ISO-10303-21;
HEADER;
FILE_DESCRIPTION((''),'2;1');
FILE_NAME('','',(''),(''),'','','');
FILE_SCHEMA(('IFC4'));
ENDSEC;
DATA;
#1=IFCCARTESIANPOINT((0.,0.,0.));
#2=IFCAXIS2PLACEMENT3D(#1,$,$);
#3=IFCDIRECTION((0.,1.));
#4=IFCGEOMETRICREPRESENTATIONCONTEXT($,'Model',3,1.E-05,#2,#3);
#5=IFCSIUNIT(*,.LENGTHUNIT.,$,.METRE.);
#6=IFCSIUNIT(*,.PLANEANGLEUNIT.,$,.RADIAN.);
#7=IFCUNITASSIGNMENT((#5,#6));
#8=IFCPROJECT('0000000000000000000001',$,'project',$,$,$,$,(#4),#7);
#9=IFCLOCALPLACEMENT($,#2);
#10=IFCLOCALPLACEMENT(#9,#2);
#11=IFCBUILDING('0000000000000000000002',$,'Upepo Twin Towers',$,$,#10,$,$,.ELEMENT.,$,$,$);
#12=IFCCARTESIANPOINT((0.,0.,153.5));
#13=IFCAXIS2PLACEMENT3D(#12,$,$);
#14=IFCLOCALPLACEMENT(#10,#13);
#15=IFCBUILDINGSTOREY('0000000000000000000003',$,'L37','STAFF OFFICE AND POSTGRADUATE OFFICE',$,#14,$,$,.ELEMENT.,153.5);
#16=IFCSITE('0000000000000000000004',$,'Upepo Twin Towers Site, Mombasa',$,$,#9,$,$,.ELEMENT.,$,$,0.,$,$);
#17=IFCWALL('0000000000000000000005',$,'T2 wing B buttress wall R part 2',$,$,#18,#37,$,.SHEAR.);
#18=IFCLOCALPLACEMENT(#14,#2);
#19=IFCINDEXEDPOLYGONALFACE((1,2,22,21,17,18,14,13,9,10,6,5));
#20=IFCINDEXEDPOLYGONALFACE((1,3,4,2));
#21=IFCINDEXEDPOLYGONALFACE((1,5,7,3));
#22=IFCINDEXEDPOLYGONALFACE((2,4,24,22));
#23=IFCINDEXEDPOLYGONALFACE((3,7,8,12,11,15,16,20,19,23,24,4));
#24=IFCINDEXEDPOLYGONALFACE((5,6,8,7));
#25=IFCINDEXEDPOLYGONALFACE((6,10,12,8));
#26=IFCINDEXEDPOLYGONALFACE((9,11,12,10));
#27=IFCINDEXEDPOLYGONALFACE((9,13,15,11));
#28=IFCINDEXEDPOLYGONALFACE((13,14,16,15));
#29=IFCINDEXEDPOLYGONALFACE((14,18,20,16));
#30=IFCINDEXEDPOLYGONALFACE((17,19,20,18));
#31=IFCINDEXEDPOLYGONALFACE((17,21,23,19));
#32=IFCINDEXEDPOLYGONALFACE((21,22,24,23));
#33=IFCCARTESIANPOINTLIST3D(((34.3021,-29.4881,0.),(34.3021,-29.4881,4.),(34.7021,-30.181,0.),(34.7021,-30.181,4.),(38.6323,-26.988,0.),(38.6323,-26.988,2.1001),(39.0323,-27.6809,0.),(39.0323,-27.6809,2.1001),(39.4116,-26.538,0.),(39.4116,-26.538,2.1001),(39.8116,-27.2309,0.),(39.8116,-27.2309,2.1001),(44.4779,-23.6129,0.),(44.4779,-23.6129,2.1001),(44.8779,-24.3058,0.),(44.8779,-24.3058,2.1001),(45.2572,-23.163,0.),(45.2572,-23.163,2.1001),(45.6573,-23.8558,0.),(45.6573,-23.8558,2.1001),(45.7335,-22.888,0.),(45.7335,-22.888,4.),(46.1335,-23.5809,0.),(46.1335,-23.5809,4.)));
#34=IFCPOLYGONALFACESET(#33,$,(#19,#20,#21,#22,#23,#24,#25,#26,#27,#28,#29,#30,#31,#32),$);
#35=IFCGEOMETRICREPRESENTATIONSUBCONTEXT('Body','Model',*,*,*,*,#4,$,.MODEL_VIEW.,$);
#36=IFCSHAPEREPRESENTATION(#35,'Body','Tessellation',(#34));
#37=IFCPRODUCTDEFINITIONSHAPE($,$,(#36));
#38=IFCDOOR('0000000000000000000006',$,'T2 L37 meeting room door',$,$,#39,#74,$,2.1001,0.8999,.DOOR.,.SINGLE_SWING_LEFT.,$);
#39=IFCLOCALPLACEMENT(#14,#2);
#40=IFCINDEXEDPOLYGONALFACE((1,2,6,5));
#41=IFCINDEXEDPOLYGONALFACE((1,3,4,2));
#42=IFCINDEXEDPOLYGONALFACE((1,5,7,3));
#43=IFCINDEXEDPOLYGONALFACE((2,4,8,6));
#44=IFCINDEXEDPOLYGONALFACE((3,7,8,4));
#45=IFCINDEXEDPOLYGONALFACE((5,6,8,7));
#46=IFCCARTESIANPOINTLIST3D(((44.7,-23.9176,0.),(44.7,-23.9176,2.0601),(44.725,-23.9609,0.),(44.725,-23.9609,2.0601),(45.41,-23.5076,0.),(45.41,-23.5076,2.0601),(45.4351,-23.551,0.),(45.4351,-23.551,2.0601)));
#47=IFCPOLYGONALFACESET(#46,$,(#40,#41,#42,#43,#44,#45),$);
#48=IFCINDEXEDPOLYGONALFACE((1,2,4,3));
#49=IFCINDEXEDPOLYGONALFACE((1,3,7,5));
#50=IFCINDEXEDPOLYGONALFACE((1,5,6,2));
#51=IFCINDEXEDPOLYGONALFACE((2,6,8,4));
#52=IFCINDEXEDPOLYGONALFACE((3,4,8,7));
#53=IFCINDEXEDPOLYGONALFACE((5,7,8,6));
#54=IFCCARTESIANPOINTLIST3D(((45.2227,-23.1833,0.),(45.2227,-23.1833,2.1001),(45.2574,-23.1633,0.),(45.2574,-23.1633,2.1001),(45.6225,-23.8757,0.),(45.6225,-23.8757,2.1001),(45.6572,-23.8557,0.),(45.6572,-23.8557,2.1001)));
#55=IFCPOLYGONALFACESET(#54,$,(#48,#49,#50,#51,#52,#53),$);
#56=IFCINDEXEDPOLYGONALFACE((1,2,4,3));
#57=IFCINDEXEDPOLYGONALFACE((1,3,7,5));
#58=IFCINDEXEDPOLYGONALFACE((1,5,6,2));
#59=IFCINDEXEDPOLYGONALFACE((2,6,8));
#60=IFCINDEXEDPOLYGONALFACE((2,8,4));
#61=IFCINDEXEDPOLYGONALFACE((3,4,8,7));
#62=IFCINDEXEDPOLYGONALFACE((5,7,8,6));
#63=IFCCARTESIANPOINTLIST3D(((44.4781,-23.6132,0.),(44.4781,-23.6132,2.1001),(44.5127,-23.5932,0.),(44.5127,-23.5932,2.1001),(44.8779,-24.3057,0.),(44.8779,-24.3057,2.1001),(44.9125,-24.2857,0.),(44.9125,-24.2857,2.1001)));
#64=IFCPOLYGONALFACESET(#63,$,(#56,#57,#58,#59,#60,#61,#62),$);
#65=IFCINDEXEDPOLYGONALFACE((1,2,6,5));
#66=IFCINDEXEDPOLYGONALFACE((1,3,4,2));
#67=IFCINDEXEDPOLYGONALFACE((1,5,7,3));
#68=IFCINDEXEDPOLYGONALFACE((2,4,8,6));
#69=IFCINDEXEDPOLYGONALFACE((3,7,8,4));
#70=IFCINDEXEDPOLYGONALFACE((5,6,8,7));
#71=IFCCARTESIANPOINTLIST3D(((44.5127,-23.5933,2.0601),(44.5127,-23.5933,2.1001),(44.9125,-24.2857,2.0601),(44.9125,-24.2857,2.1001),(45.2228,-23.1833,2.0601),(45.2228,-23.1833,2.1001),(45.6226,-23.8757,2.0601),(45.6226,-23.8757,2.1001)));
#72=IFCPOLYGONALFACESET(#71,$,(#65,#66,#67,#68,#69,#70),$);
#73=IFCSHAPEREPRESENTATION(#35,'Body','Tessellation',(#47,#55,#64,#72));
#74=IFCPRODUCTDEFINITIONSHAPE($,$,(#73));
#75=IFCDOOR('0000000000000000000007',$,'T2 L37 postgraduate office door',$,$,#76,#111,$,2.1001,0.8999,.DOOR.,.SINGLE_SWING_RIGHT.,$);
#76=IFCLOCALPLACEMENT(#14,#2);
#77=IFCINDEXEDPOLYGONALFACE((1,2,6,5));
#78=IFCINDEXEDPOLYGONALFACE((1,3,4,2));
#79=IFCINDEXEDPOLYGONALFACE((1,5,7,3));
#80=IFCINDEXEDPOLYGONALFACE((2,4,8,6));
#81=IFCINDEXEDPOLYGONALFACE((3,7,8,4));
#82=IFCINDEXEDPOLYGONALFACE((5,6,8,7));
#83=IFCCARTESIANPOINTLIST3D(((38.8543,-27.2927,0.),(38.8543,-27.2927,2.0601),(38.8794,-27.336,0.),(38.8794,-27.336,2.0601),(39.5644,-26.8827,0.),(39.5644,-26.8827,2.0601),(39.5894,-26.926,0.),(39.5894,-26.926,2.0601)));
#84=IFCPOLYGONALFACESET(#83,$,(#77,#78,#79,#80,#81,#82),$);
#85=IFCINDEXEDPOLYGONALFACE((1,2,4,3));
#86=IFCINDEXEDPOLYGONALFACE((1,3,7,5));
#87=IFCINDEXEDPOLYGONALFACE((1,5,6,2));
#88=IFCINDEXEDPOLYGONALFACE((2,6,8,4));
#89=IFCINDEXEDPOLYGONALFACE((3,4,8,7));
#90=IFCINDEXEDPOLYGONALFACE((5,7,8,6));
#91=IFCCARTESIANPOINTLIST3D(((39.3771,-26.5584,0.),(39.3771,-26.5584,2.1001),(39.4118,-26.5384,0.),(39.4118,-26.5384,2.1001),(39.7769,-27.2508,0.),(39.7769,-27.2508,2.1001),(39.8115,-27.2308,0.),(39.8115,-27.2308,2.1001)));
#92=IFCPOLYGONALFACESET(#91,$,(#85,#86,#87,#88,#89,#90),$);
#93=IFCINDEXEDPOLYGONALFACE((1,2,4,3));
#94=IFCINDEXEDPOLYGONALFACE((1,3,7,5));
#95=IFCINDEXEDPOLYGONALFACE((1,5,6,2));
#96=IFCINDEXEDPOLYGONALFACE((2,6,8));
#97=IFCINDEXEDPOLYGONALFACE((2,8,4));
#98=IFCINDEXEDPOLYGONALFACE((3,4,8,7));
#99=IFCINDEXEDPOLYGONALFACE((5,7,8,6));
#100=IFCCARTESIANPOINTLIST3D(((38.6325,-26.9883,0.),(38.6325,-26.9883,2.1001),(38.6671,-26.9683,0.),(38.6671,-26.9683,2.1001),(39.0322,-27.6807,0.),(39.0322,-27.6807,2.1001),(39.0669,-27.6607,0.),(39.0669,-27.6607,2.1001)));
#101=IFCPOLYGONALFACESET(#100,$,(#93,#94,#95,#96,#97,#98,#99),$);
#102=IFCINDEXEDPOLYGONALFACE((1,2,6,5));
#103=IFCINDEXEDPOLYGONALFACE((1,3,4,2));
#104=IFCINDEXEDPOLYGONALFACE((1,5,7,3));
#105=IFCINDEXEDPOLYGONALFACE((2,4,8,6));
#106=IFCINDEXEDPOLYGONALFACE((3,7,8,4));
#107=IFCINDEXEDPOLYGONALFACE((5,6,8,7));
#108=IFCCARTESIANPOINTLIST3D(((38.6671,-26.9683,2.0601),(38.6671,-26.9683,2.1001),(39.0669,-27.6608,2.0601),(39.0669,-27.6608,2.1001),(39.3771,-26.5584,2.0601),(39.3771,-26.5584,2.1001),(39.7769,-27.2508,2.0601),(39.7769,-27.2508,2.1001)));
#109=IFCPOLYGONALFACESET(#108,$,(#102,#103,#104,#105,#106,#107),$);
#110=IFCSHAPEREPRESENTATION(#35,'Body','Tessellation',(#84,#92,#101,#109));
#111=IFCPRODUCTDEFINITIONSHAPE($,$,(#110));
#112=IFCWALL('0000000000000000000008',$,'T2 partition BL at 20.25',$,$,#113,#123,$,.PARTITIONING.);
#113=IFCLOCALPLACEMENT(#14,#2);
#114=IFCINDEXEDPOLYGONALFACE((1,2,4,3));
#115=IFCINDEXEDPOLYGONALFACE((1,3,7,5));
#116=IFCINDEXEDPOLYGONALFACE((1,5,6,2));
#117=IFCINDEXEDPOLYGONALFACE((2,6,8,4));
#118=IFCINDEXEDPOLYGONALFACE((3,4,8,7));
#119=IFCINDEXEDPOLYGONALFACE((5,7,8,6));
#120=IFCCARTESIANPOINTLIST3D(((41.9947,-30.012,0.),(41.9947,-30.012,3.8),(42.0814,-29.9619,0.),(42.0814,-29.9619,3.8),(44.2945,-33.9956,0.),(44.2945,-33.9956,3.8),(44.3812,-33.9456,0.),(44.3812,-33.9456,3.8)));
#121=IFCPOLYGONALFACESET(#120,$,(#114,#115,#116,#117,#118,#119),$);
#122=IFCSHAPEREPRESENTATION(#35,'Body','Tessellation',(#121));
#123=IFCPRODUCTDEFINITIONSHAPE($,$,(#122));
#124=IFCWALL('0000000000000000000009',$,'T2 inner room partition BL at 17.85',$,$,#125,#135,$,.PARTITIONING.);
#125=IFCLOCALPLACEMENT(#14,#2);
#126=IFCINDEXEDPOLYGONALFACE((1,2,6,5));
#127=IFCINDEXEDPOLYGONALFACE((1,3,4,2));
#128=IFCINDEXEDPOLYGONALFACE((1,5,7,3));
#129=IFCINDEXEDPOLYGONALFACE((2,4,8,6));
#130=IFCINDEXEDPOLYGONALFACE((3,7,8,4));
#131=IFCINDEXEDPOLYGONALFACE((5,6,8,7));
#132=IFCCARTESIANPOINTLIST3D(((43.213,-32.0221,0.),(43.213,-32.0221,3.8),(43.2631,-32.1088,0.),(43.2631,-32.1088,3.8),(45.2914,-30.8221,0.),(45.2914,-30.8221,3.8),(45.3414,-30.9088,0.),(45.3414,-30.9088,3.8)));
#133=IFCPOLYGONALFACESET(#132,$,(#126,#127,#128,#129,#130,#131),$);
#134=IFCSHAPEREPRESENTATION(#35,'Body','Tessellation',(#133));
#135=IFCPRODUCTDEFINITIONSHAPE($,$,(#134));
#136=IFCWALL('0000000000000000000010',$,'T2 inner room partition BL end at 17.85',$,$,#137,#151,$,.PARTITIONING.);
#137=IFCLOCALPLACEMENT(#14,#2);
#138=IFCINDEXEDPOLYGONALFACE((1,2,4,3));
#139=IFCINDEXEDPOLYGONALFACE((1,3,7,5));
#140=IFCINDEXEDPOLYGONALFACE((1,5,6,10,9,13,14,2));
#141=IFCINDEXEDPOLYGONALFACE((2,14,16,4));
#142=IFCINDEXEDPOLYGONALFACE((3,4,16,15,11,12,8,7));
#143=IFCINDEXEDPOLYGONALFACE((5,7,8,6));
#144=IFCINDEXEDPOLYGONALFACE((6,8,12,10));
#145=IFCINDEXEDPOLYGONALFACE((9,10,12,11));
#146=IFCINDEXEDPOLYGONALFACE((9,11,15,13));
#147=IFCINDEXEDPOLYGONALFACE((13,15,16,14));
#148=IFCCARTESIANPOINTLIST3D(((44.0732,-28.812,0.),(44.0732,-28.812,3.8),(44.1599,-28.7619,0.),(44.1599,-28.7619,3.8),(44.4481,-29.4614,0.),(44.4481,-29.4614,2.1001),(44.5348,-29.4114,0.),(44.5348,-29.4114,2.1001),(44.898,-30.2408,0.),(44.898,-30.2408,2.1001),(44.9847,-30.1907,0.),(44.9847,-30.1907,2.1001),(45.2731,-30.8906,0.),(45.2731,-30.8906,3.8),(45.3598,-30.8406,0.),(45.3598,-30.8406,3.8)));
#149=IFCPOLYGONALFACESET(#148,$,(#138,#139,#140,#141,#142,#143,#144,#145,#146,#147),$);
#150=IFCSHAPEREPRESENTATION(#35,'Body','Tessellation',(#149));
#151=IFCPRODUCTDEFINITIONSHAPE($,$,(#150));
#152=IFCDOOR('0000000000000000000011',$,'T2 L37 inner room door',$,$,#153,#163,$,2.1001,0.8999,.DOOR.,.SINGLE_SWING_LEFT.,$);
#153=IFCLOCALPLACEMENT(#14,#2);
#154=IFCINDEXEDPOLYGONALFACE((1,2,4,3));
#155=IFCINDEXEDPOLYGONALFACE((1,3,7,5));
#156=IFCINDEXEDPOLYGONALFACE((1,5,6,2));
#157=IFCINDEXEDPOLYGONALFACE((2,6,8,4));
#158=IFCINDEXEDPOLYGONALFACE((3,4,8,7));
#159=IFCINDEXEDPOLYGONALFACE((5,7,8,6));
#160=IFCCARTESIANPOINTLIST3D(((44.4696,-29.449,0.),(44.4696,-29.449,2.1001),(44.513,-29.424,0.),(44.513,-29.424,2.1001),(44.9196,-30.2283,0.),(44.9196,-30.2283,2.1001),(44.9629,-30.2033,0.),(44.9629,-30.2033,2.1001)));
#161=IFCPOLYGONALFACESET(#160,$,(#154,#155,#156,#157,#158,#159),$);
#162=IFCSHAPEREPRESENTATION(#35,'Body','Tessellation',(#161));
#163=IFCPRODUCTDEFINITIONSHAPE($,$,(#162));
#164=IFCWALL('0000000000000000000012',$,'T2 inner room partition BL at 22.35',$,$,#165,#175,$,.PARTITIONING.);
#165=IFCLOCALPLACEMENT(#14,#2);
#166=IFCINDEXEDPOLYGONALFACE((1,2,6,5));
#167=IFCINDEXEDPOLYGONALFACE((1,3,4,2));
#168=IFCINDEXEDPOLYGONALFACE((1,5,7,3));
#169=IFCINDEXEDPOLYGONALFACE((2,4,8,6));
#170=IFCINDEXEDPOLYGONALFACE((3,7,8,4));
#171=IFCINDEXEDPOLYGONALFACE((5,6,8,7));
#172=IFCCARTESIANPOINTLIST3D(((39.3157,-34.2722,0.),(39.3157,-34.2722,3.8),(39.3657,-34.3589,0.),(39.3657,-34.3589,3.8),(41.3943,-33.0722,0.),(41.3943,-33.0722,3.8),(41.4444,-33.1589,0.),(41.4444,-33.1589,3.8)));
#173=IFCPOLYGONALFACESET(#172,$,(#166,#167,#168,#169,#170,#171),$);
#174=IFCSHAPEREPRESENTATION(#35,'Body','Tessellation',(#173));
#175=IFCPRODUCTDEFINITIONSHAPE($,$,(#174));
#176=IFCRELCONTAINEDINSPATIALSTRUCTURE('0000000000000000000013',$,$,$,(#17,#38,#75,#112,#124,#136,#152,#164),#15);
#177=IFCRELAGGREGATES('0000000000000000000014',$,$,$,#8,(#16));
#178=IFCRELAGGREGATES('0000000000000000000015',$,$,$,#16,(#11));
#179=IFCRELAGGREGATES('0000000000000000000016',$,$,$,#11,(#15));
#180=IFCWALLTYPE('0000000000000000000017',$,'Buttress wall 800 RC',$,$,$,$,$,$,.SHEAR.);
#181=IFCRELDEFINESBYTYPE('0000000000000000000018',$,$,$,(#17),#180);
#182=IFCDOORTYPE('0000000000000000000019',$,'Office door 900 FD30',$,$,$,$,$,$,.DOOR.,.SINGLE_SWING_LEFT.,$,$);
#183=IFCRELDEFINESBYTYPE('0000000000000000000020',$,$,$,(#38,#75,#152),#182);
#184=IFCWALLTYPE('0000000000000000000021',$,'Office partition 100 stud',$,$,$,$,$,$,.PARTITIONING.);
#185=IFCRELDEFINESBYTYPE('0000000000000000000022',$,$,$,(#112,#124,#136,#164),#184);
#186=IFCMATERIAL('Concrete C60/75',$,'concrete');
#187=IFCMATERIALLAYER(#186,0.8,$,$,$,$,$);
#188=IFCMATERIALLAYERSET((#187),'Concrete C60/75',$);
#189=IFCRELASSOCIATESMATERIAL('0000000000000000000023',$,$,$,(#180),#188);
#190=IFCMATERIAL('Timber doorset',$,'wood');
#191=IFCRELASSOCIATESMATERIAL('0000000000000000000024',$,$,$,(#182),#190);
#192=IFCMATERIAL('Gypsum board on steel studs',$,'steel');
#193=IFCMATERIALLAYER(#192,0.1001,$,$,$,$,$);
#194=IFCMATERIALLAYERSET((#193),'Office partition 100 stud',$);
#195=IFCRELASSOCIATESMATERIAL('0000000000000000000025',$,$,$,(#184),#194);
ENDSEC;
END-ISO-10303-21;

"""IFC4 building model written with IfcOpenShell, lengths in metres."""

from ifc_helpers import new_model, si_unit, direction, frame, frame_2d, origin, place, context, subcontext, project, spatial, rectangle, extrude, material, layer, layer_set, type_object, element, fill, save


model = new_model("IFC4")

# Units and contexts
model_context = context("Model", 3, precision=1e-05, world=origin(), true_north=direction((0.0, 1.0)))
body_context = subcontext(model_context, "Body", "Model", "MODEL_VIEW")
ifc_project = project(units=[si_unit("LENGTHUNIT", "METRE"), si_unit("PLANEANGLEUNIT", "RADIAN")], contexts=[model_context])

# Site, building, storey
site_placement = place(None, origin())
site = spatial("IfcSite", under=ifc_project, at=site_placement, Name="Upepo Twin Towers Site, Mombasa", CompositionType="ELEMENT", RefElevation=0.0)
building_placement = place(site_placement, origin())
building = spatial("IfcBuilding", under=site, at=building_placement, Name="Upepo Twin Towers", CompositionType="ELEMENT")
storey_placement = place(building_placement, frame((0.0, 0.0, 153.5)))
storey = spatial("IfcBuildingStorey", under=building, at=storey_placement, Name="L37", Description="STAFF OFFICE AND POSTGRADUATE OFFICE", CompositionType="ELEMENT", Elevation=153.5)

# Wall, openings, doors
ifc_material_1 = material(Name="Concrete C60/75", Category="concrete")
ifc_layer_1 = layer(ifc_material_1, 0.8)
ifc_layer_set_1 = layer_set([ifc_layer_1], Name="Concrete C60/75")
wall_type_1 = type_object("IfcWallType", Name="Buttress wall 800 RC", PredefinedType="SHEAR", material=ifc_layer_set_1)
wall_1_placement = place(storey_placement, frame((45.9336, -23.2344, 0.0), z_axis=(0.0, 0.0, 1.0), x_axis=(-0.86602, -0.50001, 0.0)))
wall_1 = element("IfcWall", 1, at=wall_1_placement, inside=storey, type_object=wall_type_1, Name="T2 wing B buttress wall R part 2", PredefinedType="SHEAR", context=body_context, shape_type="SweptSolid", body=[
    extrude(rectangle(XDim=13.2, YDim=0.8, at=frame_2d((6.6001, 0.0))), origin(), (0.0, 0.0, 1.0), 4.0),
])
opening_1_placement = place(wall_1_placement, frame((0.55, 0.0, 0.0)))
opening_1 = element("IfcOpeningElement", 2, at=opening_1_placement, cuts=wall_1, PredefinedType="OPENING", context=body_context, shape_type="SweptSolid", body=[
    extrude(rectangle(XDim=0.8999, YDim=2.1001, at=frame_2d((0.45, 1.05))), frame((0.0, 0.4099, 0.0), z_axis=(0.0, -1.0, 0.0), x_axis=(1.0, 0.0, 0.0)), (0.0, 0.0, 1.0), 0.8201),
])
opening_2_placement = place(wall_1_placement, frame((7.3, 0.0, 0.0)))
opening_2 = element("IfcOpeningElement", 3, at=opening_2_placement, cuts=wall_1, PredefinedType="OPENING", context=body_context, shape_type="SweptSolid", body=[
    extrude(rectangle(XDim=0.8999, YDim=2.1001, at=frame_2d((0.45, 1.05))), frame((0.0, 0.4099, 0.0), z_axis=(0.0, -1.0, 0.0), x_axis=(1.0, 0.0, 0.0)), (0.0, 0.0, 1.0), 0.8201),
])
ifc_material_2 = material(Name="Timber doorset", Category="wood")
door_type = type_object("IfcDoorType", Name="Office door 900 FD30", OperationType="SINGLE_SWING_LEFT", PredefinedType="DOOR", material=ifc_material_2)
door_1_placement = place(opening_1_placement, origin())
door_1 = element("IfcDoor", 4, at=door_1_placement, inside=storey, type_object=door_type, Name="T2 L37 meeting room door", OperationType="SINGLE_SWING_LEFT", OverallHeight=2.1001, OverallWidth=0.8999, PredefinedType="DOOR", context=body_context, shape_type="SweptSolid", body=[
    extrude(rectangle(XDim=0.8199, YDim=2.0601, at=frame_2d((0.45, 1.03))), frame((0.0, 0.0249, 0.0), z_axis=(0.0, -1.0, 0.0), x_axis=(1.0, 0.0, 0.0)), (0.0, 0.0, 1.0), 0.05),
    extrude(rectangle(XDim=0.04, YDim=2.1001, at=frame_2d((0.02, 1.05))), frame((0.0, 0.3999, 0.0), z_axis=(0.0, -1.0, 0.0), x_axis=(1.0, 0.0, 0.0)), (0.0, 0.0, 1.0), 0.7996),
    extrude(rectangle(XDim=0.04, YDim=2.1001, at=frame_2d((0.8799, 1.05))), frame((0.0, 0.3999, 0.0), z_axis=(0.0, -1.0, 0.0), x_axis=(1.0, 0.0, 0.0)), (0.0, 0.0, 1.0), 0.7996),
    extrude(rectangle(XDim=0.8199, YDim=0.04, at=frame_2d((0.45, 2.0801))), frame((0.0, 0.3999, 0.0), z_axis=(0.0, -1.0, 0.0), x_axis=(1.0, 0.0, 0.0)), (0.0, 0.0, 1.0), 0.7996),
])
fill(opening_1, door_1)
door_2_placement = place(opening_2_placement, origin())
door_2 = element("IfcDoor", 5, at=door_2_placement, inside=storey, type_object=door_type, Name="T2 L37 postgraduate office door", OperationType="SINGLE_SWING_RIGHT", OverallHeight=2.1001, OverallWidth=0.8999, PredefinedType="DOOR", context=body_context, shape_type="SweptSolid", body=[
    extrude(rectangle(XDim=0.8199, YDim=2.0601, at=frame_2d((0.45, 1.03))), frame((0.0, 0.0249, 0.0), z_axis=(0.0, -1.0, 0.0), x_axis=(1.0, 0.0, 0.0)), (0.0, 0.0, 1.0), 0.05),
    extrude(rectangle(XDim=0.04, YDim=2.1001, at=frame_2d((0.02, 1.05))), frame((0.0, 0.3999, 0.0), z_axis=(0.0, -1.0, 0.0), x_axis=(1.0, 0.0, 0.0)), (0.0, 0.0, 1.0), 0.7996),
    extrude(rectangle(XDim=0.04, YDim=2.1001, at=frame_2d((0.8799, 1.05))), frame((0.0, 0.3999, 0.0), z_axis=(0.0, -1.0, 0.0), x_axis=(1.0, 0.0, 0.0)), (0.0, 0.0, 1.0), 0.7996),
    extrude(rectangle(XDim=0.8199, YDim=0.04, at=frame_2d((0.45, 2.0801))), frame((0.0, 0.3999, 0.0), z_axis=(0.0, -1.0, 0.0), x_axis=(1.0, 0.0, 0.0)), (0.0, 0.0, 1.0), 0.7996),
])
fill(opening_2, door_2)

# Walls
ifc_material_3 = material(Name="Gypsum board on steel studs", Category="steel")
ifc_layer_2 = layer(ifc_material_3, 0.1001)
ifc_layer_set_2 = layer_set([ifc_layer_2], Name="Office partition 100 stud")
wall_type_2 = type_object("IfcWallType", Name="Office partition 100 stud", PredefinedType="PARTITIONING", material=ifc_layer_set_2)
wall_2_placement = place(storey_placement, frame((42.0381, -29.9871, 0.0), z_axis=(0.0, 0.0, 1.0), x_axis=(0.499975, -0.86604, 0.0)))
element("IfcWall", 6, at=wall_2_placement, inside=storey, type_object=wall_type_2, Name="T2 partition BL at 20.25", PredefinedType="PARTITIONING", context=body_context, shape_type="SweptSolid", body=[
    extrude(rectangle(XDim=4.5999, YDim=0.1001, at=frame_2d((2.2998, 0.0))), origin(), (0.0, 0.0, 1.0), 3.8),
])
wall_3_placement = place(storey_placement, frame((45.3164, -30.8655, 0.0), z_axis=(0.0, 0.0, 1.0), x_axis=(-0.866025, -0.500001, 0.0)))
element("IfcWall", 7, at=wall_3_placement, inside=storey, type_object=wall_type_2, Name="T2 inner room partition BL at 17.85", PredefinedType="PARTITIONING", context=body_context, shape_type="SweptSolid", body=[
    extrude(rectangle(XDim=2.3999, YDim=0.1001, at=frame_2d((1.2, 0.0))), origin(), (0.0, 0.0, 1.0), 3.8),
])

# Wall, opening, door
wall_4_placement = place(storey_placement, frame((44.1165, -28.7869, 0.0), z_axis=(0.0, 0.0, 1.0), x_axis=(0.499957, -0.86605, 0.0)))
wall_4 = element("IfcWall", 8, at=wall_4_placement, inside=storey, type_object=wall_type_2, Name="T2 inner room partition BL end at 17.85", PredefinedType="PARTITIONING", context=body_context, shape_type="SweptSolid", body=[
    extrude(rectangle(XDim=2.4001, YDim=0.1001, at=frame_2d((1.2002, 0.0))), origin(), (0.0, 0.0, 1.0), 3.8),
])
opening_3_placement = place(wall_4_placement, frame((0.75, 0.0, 0.0)))
opening_3 = element("IfcOpeningElement", 9, at=opening_3_placement, cuts=wall_4, PredefinedType="OPENING", context=body_context, shape_type="SweptSolid", body=[
    extrude(rectangle(XDim=0.8999, YDim=2.1001, at=frame_2d((0.45, 1.05))), frame((0.0, 0.0601, 0.0), z_axis=(0.0, -1.0, 0.0), x_axis=(1.0, 0.0, 0.0)), (0.0, 0.0, 1.0), 0.1201),
])
door_3_placement = place(opening_3_placement, origin())
door_3 = element("IfcDoor", 10, at=door_3_placement, inside=storey, type_object=door_type, Name="T2 L37 inner room door", OperationType="SINGLE_SWING_LEFT", OverallHeight=2.1001, OverallWidth=0.8999, PredefinedType="DOOR", context=body_context, shape_type="SweptSolid", body=[
    extrude(rectangle(XDim=0.8999, YDim=2.1001, at=frame_2d((0.45, 1.05))), frame((0.0, 0.0249, 0.0), z_axis=(0.0, -1.0, 0.0), x_axis=(1.0, 0.0, 0.0)), (0.0, 0.0, 1.0), 0.05),
])
fill(opening_3, door_3)

# Wall
wall_5_placement = place(storey_placement, frame((41.4194, -33.1155, 0.0), z_axis=(0.0, 0.0, 1.0), x_axis=(-0.86605, -0.499957, 0.0)))
element("IfcWall", 11, at=wall_5_placement, inside=storey, type_object=wall_type_2, Name="T2 inner room partition BL at 22.35", PredefinedType="PARTITIONING", context=body_context, shape_type="SweptSolid", body=[
    extrude(rectangle(XDim=2.4001, YDim=0.1001, at=frame_2d((1.2002, 0.0))), origin(), (0.0, 0.0, 1.0), 3.8),
])

save(model, "model.ifc")
